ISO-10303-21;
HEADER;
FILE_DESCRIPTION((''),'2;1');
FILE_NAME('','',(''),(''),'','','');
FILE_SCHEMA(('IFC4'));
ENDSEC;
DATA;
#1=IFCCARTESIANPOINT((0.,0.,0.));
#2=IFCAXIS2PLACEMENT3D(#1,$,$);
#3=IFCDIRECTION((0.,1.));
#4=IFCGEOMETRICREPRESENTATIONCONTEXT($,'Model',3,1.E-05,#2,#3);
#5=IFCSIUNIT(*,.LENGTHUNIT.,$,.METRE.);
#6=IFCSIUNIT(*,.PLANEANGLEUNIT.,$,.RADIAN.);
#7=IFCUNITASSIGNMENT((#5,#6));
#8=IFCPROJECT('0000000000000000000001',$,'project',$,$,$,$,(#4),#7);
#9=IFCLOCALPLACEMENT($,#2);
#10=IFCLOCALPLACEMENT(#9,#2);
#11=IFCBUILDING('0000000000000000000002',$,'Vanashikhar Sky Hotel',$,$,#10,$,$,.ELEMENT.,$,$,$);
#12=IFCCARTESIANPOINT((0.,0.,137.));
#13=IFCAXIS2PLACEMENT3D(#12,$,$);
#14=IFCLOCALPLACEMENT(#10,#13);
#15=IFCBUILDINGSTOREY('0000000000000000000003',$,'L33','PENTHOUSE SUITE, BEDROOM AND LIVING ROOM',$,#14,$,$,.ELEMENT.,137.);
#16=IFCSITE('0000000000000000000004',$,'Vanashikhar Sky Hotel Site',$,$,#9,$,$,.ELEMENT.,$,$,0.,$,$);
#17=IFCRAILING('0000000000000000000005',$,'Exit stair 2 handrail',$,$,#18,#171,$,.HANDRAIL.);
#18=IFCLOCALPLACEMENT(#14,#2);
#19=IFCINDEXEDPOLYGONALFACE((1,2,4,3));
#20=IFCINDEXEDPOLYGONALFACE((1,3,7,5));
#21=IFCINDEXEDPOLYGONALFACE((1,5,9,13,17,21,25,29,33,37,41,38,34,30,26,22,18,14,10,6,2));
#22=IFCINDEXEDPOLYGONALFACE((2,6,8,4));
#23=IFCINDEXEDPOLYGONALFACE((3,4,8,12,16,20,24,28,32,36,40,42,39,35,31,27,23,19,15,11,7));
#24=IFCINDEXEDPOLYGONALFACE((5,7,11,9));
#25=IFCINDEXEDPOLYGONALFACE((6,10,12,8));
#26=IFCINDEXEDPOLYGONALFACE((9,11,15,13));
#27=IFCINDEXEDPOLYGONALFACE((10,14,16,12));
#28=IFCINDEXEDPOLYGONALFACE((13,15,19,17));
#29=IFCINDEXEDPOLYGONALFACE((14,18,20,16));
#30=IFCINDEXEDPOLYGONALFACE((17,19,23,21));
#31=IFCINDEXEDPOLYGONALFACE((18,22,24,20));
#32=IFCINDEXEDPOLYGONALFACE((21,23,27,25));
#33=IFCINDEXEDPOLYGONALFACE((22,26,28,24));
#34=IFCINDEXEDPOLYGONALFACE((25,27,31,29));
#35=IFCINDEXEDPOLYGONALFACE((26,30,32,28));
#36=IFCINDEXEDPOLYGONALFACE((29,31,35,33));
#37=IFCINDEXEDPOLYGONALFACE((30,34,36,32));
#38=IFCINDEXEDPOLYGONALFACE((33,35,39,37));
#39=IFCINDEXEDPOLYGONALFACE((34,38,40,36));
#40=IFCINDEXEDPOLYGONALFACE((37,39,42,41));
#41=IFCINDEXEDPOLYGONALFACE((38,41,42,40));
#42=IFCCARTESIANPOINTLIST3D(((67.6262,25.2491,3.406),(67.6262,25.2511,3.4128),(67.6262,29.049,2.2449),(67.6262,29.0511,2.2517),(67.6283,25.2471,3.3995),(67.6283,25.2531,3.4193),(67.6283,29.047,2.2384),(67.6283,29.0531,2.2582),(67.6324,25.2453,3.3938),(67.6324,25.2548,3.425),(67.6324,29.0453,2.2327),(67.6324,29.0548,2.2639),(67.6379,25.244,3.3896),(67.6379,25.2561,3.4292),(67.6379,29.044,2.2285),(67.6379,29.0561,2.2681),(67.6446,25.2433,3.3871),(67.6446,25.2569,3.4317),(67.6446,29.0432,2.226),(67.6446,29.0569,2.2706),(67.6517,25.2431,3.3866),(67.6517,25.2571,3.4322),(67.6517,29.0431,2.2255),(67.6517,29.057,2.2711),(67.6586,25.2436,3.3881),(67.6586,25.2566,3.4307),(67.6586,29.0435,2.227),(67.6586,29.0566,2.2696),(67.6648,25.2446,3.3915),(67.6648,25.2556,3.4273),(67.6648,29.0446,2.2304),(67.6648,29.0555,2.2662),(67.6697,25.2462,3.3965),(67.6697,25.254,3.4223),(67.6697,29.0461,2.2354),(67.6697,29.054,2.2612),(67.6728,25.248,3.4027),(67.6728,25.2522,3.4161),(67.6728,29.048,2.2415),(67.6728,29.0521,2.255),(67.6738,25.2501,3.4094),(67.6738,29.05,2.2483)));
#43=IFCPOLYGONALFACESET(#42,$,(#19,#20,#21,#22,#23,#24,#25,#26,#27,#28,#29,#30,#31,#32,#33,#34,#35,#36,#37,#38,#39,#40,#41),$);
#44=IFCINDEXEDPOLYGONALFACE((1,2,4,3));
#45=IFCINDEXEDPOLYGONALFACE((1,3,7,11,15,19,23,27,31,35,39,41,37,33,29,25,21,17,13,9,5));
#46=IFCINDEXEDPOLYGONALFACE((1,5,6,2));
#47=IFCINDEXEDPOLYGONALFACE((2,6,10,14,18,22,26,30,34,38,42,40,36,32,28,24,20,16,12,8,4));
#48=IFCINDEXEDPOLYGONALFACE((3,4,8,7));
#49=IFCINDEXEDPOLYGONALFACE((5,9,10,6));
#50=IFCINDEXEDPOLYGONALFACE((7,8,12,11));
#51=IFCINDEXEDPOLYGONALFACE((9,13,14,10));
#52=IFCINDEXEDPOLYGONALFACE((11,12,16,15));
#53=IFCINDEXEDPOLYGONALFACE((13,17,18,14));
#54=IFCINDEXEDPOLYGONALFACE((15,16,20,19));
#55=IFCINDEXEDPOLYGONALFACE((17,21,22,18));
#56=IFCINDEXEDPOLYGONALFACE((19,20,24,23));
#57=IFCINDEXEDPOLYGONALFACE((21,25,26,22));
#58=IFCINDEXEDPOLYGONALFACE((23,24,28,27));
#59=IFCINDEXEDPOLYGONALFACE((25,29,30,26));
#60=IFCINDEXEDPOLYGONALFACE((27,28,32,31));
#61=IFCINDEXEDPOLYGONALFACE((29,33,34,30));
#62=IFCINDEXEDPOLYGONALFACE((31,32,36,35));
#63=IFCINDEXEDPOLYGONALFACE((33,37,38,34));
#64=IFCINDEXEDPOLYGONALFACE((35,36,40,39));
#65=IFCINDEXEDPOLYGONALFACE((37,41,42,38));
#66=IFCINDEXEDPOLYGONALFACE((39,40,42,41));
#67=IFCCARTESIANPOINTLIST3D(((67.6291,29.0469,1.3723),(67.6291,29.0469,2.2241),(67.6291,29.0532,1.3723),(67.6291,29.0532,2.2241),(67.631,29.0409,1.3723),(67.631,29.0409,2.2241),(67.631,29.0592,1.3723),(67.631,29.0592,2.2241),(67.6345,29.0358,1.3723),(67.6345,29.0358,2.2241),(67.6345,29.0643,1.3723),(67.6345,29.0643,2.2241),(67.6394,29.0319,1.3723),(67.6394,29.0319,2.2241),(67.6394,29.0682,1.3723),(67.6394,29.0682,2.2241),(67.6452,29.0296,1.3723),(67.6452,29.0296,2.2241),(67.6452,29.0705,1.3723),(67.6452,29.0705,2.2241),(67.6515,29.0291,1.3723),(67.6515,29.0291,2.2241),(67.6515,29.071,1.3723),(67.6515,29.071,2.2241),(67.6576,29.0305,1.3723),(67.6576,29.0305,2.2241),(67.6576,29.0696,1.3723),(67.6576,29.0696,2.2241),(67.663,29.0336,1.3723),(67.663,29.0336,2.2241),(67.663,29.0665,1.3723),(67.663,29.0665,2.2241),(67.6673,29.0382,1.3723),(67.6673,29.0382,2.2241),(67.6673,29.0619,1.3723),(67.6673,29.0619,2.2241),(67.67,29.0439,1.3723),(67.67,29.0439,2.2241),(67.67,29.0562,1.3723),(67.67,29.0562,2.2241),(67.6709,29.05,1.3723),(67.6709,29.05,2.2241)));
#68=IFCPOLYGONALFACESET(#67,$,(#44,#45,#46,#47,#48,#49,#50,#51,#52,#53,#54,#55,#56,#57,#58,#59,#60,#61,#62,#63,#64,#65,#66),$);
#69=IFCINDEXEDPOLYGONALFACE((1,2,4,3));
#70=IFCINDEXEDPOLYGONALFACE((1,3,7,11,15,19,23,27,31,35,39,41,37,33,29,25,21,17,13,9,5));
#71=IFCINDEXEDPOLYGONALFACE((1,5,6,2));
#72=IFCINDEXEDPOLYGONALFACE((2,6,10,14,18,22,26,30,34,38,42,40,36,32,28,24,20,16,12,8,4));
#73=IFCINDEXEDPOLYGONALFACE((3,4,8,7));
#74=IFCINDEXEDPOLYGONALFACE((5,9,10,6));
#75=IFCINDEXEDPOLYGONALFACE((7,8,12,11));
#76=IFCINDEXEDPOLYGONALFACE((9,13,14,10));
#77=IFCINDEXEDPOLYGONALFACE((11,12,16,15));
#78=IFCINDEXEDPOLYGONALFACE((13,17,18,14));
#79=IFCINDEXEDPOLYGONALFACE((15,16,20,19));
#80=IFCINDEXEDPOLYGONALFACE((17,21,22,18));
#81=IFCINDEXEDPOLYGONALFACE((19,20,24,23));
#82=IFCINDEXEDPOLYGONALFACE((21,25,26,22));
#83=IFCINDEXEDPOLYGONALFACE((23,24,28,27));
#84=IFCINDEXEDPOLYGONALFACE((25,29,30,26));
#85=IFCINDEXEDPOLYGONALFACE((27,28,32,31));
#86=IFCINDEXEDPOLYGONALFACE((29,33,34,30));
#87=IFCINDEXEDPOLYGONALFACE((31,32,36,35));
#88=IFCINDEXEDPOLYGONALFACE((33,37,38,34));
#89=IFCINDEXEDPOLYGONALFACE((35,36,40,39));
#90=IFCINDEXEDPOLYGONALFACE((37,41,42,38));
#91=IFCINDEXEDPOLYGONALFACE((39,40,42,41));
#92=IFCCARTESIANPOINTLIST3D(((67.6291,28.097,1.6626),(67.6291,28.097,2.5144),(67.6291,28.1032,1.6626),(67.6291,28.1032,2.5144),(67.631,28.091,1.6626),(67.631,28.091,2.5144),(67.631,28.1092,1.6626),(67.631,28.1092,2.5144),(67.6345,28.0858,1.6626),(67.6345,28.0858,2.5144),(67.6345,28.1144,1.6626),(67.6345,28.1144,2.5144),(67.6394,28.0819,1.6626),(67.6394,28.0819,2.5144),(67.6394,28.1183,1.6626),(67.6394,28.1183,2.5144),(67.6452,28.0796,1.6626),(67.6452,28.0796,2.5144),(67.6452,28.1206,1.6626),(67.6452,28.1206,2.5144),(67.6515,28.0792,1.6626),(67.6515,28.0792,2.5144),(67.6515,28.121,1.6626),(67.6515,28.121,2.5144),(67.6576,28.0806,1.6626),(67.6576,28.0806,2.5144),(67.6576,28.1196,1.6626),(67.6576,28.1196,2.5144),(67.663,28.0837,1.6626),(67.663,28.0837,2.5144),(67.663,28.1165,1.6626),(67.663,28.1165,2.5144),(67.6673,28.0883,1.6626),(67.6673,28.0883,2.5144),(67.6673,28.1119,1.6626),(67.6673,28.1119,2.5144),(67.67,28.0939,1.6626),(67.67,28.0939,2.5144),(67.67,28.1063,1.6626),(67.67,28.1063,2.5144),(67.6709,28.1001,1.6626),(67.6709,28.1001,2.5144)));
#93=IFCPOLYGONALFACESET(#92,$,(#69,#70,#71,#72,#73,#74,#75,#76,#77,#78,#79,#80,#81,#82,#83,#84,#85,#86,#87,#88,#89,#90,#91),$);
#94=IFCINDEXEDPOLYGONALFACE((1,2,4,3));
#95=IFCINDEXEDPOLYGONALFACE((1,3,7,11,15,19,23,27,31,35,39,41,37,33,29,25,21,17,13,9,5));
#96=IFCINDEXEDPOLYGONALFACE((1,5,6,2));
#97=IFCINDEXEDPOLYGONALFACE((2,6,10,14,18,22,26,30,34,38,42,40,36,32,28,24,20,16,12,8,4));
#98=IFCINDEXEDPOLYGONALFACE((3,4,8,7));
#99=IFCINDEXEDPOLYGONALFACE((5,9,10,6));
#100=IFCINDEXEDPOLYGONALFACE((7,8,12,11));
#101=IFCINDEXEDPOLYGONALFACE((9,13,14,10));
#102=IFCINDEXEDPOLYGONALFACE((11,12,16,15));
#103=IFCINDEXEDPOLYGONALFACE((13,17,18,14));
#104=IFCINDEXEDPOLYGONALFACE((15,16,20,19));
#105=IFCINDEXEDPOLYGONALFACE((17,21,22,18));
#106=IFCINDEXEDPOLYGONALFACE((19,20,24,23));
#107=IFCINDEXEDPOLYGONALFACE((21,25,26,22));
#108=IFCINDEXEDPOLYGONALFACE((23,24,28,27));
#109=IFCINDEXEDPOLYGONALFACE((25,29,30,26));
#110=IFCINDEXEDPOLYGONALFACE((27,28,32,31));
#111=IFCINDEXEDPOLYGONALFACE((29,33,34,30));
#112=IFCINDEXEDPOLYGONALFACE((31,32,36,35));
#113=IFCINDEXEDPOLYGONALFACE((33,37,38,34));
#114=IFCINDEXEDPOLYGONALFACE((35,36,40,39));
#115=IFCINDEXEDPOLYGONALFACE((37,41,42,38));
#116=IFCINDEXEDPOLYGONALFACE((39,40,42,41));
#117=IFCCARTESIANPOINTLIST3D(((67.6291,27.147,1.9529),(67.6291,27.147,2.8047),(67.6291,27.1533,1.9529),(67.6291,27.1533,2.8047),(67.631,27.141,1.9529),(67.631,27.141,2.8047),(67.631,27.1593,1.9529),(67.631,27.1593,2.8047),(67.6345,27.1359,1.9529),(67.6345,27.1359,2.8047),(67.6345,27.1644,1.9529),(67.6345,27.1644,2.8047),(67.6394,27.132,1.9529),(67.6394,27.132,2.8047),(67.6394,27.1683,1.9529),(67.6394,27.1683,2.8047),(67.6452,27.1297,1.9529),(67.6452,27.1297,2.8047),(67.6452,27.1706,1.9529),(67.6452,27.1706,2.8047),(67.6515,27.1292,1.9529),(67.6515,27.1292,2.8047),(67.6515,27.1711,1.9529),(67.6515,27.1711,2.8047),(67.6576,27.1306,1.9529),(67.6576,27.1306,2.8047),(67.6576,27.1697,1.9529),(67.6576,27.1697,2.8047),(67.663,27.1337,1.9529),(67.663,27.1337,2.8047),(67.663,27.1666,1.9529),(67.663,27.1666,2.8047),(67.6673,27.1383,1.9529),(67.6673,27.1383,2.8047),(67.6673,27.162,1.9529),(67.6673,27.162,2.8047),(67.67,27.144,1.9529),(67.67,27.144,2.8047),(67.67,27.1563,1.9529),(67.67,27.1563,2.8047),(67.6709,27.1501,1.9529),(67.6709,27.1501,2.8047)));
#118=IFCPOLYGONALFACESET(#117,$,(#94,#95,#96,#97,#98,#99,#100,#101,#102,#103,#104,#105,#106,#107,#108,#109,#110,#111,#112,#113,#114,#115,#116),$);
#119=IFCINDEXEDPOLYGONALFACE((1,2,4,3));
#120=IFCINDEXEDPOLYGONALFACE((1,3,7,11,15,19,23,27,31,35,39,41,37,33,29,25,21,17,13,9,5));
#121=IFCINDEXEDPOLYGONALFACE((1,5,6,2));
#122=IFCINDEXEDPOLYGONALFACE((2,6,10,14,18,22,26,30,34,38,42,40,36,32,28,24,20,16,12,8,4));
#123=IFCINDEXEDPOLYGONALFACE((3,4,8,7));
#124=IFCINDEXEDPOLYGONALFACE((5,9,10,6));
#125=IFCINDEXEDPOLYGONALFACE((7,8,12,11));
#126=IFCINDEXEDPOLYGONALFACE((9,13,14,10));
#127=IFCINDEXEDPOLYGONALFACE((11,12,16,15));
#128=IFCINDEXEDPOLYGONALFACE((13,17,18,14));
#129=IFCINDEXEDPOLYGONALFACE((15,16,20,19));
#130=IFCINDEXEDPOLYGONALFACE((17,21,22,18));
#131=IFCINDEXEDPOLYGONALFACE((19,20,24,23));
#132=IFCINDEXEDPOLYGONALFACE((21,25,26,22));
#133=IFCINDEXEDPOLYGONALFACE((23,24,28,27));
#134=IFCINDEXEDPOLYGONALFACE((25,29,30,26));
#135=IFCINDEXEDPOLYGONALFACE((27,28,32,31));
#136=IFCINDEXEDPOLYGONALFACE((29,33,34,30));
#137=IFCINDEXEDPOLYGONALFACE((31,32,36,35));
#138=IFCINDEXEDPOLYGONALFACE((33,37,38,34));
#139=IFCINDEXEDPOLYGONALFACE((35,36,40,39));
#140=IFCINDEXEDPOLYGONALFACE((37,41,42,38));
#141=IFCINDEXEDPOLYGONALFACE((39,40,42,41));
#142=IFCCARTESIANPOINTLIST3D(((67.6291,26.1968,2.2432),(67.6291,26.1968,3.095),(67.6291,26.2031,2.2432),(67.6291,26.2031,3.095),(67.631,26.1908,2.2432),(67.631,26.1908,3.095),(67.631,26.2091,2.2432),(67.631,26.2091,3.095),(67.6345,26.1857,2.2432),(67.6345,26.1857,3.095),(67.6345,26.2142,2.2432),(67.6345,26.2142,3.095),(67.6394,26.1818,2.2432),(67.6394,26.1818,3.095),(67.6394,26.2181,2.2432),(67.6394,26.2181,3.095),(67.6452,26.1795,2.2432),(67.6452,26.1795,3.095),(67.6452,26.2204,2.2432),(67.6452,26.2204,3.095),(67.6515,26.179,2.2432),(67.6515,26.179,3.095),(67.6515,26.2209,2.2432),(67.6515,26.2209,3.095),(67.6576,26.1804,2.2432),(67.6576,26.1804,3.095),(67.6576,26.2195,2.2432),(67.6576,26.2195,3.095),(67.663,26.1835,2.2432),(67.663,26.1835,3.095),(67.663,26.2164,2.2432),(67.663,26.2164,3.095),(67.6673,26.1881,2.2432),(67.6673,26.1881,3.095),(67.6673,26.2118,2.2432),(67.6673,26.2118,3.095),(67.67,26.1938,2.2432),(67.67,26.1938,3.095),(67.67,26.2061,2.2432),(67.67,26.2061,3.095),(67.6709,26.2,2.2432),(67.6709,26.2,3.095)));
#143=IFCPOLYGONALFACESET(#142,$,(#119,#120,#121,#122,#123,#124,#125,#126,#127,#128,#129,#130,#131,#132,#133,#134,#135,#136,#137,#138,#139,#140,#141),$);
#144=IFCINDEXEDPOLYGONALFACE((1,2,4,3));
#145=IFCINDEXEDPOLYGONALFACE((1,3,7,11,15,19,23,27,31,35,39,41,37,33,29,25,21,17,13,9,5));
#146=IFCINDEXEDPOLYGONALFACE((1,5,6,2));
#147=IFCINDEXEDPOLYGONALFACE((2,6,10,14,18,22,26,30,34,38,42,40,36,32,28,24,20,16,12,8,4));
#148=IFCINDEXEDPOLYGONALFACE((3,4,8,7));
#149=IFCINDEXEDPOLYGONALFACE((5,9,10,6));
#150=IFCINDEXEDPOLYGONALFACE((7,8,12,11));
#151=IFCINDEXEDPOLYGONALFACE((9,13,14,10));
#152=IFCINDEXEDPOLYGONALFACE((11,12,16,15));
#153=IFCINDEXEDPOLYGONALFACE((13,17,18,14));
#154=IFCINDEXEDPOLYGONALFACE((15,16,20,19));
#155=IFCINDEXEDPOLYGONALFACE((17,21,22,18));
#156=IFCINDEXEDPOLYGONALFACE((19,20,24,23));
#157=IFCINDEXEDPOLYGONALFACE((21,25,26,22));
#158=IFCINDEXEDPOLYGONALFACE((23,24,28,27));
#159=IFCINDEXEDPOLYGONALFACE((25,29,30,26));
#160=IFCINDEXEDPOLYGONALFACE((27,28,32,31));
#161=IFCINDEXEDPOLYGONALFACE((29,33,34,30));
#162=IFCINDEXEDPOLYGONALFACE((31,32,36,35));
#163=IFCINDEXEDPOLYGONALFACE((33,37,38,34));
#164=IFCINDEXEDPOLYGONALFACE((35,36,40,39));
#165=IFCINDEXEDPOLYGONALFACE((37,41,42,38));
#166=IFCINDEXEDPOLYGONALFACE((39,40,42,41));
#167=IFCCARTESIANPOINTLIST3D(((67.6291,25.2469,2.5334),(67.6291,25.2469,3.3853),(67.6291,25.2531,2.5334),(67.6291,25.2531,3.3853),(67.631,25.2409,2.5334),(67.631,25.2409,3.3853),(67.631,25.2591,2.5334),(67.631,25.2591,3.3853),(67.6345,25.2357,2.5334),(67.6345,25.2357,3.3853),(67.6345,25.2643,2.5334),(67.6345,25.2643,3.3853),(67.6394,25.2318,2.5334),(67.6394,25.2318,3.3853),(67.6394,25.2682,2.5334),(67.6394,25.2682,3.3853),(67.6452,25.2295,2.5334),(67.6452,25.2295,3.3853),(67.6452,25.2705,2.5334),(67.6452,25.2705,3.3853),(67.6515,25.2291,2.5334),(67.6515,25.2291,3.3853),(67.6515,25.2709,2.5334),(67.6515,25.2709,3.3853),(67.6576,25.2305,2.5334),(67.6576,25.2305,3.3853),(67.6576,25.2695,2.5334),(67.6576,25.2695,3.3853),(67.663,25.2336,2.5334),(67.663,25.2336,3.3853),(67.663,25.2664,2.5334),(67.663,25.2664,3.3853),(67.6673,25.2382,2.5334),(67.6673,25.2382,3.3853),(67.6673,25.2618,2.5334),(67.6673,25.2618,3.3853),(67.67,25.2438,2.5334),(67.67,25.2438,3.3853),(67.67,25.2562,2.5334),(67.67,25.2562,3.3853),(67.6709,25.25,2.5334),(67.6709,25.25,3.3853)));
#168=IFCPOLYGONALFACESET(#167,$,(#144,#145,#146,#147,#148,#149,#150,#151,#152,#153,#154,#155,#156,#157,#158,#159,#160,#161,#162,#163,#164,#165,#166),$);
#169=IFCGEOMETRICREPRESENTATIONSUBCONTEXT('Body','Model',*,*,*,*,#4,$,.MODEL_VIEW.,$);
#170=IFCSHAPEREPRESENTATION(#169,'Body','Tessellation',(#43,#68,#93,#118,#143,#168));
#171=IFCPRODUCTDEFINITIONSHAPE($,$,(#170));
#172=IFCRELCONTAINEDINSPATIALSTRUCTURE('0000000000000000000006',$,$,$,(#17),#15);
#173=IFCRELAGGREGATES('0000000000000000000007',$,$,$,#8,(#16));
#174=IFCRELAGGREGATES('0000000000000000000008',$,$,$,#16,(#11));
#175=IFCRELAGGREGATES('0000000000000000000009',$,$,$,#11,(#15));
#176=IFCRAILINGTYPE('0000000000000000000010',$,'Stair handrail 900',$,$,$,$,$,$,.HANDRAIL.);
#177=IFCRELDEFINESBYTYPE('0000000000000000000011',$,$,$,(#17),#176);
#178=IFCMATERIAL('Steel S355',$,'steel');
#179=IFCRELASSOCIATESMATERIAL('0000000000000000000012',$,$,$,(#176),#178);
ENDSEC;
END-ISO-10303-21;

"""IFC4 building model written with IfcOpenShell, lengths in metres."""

from ifc_helpers import new_model, si_unit, direction, frame, origin, origin_2d, place, context, subcontext, project, spatial, circle, extrude, source, transform, mapped, material, type_object, element, save


model = new_model("IFC4")

# Units and contexts
model_context = context("Model", 3, precision=1e-05, world=origin(), true_north=direction((0.0, 1.0)))
body_context = subcontext(model_context, "Body", "Model", "MODEL_VIEW")
ifc_project = project(units=[si_unit("LENGTHUNIT", "METRE"), si_unit("PLANEANGLEUNIT", "RADIAN")], contexts=[model_context])

# Site, building, storey
site_placement = place(None, origin())
site = spatial("IfcSite", under=ifc_project, at=site_placement, Name="Vanashikhar Sky Hotel Site", CompositionType="ELEMENT", RefElevation=0.0)
building_placement = place(site_placement, origin())
building = spatial("IfcBuilding", under=site, at=building_placement, Name="Vanashikhar Sky Hotel", CompositionType="ELEMENT")
storey_placement = place(building_placement, frame((0.0, 0.0, 137.0)))
storey = spatial("IfcBuildingStorey", under=building, at=storey_placement, Name="L33", Description="PENTHOUSE SUITE, BEDROOM AND LIVING ROOM", CompositionType="ELEMENT", Elevation=137.0)

# Railing
ifc_material_1 = material(Name="Steel S355", Category="steel")
railing_type = type_object("IfcRailingType", Name="Stair handrail 900", PredefinedType="HANDRAIL", material=ifc_material_1)
shared_shape_1 = source(origin(), body_context, "Body", "SweptSolid", [
    extrude(circle(Radius=0.0239, at=origin_2d()), frame((0.0, 0.0, 0.876), z_axis=(0.0, -0.956351, 0.29222), x_axis=(1.0, 0.0, 0.0)), (0.0, 0.0, 1.0), 3.9734),
    extrude(circle(Radius=0.021, at=origin_2d()), origin(), (0.0, 0.0, 1.0), 0.8518),
    extrude(circle(Radius=0.021, at=origin_2d()), frame((0.0, -0.95, 0.2903)), (0.0, 0.0, 1.0), 0.8518),
    extrude(circle(Radius=0.021, at=origin_2d()), frame((0.0, -1.8999, 0.5806)), (0.0, 0.0, 1.0), 0.8518),
    extrude(circle(Radius=0.021, at=origin_2d()), frame((0.0, -2.8501, 0.8708)), (0.0, 0.0, 1.0), 0.8518),
    extrude(circle(Radius=0.021, at=origin_2d()), frame((0.0, -3.8, 1.1611)), (0.0, 0.0, 1.0), 0.8518),
])
for number, where, name in (
    (1, (67.6499, 29.05, 1.3723), "Exit stair 2 handrail"),
):
    element("IfcRailing", number, at=place(storey_placement, frame(where)), inside=storey, type_object=railing_type, Name=name, PredefinedType="HANDRAIL", context=body_context, shape_type="MappedRepresentation", body=[
        mapped(shared_shape_1, transform((0.0, 0.0, 0.0), scale=1.0)),
    ])

save(model, "model.ifc")
